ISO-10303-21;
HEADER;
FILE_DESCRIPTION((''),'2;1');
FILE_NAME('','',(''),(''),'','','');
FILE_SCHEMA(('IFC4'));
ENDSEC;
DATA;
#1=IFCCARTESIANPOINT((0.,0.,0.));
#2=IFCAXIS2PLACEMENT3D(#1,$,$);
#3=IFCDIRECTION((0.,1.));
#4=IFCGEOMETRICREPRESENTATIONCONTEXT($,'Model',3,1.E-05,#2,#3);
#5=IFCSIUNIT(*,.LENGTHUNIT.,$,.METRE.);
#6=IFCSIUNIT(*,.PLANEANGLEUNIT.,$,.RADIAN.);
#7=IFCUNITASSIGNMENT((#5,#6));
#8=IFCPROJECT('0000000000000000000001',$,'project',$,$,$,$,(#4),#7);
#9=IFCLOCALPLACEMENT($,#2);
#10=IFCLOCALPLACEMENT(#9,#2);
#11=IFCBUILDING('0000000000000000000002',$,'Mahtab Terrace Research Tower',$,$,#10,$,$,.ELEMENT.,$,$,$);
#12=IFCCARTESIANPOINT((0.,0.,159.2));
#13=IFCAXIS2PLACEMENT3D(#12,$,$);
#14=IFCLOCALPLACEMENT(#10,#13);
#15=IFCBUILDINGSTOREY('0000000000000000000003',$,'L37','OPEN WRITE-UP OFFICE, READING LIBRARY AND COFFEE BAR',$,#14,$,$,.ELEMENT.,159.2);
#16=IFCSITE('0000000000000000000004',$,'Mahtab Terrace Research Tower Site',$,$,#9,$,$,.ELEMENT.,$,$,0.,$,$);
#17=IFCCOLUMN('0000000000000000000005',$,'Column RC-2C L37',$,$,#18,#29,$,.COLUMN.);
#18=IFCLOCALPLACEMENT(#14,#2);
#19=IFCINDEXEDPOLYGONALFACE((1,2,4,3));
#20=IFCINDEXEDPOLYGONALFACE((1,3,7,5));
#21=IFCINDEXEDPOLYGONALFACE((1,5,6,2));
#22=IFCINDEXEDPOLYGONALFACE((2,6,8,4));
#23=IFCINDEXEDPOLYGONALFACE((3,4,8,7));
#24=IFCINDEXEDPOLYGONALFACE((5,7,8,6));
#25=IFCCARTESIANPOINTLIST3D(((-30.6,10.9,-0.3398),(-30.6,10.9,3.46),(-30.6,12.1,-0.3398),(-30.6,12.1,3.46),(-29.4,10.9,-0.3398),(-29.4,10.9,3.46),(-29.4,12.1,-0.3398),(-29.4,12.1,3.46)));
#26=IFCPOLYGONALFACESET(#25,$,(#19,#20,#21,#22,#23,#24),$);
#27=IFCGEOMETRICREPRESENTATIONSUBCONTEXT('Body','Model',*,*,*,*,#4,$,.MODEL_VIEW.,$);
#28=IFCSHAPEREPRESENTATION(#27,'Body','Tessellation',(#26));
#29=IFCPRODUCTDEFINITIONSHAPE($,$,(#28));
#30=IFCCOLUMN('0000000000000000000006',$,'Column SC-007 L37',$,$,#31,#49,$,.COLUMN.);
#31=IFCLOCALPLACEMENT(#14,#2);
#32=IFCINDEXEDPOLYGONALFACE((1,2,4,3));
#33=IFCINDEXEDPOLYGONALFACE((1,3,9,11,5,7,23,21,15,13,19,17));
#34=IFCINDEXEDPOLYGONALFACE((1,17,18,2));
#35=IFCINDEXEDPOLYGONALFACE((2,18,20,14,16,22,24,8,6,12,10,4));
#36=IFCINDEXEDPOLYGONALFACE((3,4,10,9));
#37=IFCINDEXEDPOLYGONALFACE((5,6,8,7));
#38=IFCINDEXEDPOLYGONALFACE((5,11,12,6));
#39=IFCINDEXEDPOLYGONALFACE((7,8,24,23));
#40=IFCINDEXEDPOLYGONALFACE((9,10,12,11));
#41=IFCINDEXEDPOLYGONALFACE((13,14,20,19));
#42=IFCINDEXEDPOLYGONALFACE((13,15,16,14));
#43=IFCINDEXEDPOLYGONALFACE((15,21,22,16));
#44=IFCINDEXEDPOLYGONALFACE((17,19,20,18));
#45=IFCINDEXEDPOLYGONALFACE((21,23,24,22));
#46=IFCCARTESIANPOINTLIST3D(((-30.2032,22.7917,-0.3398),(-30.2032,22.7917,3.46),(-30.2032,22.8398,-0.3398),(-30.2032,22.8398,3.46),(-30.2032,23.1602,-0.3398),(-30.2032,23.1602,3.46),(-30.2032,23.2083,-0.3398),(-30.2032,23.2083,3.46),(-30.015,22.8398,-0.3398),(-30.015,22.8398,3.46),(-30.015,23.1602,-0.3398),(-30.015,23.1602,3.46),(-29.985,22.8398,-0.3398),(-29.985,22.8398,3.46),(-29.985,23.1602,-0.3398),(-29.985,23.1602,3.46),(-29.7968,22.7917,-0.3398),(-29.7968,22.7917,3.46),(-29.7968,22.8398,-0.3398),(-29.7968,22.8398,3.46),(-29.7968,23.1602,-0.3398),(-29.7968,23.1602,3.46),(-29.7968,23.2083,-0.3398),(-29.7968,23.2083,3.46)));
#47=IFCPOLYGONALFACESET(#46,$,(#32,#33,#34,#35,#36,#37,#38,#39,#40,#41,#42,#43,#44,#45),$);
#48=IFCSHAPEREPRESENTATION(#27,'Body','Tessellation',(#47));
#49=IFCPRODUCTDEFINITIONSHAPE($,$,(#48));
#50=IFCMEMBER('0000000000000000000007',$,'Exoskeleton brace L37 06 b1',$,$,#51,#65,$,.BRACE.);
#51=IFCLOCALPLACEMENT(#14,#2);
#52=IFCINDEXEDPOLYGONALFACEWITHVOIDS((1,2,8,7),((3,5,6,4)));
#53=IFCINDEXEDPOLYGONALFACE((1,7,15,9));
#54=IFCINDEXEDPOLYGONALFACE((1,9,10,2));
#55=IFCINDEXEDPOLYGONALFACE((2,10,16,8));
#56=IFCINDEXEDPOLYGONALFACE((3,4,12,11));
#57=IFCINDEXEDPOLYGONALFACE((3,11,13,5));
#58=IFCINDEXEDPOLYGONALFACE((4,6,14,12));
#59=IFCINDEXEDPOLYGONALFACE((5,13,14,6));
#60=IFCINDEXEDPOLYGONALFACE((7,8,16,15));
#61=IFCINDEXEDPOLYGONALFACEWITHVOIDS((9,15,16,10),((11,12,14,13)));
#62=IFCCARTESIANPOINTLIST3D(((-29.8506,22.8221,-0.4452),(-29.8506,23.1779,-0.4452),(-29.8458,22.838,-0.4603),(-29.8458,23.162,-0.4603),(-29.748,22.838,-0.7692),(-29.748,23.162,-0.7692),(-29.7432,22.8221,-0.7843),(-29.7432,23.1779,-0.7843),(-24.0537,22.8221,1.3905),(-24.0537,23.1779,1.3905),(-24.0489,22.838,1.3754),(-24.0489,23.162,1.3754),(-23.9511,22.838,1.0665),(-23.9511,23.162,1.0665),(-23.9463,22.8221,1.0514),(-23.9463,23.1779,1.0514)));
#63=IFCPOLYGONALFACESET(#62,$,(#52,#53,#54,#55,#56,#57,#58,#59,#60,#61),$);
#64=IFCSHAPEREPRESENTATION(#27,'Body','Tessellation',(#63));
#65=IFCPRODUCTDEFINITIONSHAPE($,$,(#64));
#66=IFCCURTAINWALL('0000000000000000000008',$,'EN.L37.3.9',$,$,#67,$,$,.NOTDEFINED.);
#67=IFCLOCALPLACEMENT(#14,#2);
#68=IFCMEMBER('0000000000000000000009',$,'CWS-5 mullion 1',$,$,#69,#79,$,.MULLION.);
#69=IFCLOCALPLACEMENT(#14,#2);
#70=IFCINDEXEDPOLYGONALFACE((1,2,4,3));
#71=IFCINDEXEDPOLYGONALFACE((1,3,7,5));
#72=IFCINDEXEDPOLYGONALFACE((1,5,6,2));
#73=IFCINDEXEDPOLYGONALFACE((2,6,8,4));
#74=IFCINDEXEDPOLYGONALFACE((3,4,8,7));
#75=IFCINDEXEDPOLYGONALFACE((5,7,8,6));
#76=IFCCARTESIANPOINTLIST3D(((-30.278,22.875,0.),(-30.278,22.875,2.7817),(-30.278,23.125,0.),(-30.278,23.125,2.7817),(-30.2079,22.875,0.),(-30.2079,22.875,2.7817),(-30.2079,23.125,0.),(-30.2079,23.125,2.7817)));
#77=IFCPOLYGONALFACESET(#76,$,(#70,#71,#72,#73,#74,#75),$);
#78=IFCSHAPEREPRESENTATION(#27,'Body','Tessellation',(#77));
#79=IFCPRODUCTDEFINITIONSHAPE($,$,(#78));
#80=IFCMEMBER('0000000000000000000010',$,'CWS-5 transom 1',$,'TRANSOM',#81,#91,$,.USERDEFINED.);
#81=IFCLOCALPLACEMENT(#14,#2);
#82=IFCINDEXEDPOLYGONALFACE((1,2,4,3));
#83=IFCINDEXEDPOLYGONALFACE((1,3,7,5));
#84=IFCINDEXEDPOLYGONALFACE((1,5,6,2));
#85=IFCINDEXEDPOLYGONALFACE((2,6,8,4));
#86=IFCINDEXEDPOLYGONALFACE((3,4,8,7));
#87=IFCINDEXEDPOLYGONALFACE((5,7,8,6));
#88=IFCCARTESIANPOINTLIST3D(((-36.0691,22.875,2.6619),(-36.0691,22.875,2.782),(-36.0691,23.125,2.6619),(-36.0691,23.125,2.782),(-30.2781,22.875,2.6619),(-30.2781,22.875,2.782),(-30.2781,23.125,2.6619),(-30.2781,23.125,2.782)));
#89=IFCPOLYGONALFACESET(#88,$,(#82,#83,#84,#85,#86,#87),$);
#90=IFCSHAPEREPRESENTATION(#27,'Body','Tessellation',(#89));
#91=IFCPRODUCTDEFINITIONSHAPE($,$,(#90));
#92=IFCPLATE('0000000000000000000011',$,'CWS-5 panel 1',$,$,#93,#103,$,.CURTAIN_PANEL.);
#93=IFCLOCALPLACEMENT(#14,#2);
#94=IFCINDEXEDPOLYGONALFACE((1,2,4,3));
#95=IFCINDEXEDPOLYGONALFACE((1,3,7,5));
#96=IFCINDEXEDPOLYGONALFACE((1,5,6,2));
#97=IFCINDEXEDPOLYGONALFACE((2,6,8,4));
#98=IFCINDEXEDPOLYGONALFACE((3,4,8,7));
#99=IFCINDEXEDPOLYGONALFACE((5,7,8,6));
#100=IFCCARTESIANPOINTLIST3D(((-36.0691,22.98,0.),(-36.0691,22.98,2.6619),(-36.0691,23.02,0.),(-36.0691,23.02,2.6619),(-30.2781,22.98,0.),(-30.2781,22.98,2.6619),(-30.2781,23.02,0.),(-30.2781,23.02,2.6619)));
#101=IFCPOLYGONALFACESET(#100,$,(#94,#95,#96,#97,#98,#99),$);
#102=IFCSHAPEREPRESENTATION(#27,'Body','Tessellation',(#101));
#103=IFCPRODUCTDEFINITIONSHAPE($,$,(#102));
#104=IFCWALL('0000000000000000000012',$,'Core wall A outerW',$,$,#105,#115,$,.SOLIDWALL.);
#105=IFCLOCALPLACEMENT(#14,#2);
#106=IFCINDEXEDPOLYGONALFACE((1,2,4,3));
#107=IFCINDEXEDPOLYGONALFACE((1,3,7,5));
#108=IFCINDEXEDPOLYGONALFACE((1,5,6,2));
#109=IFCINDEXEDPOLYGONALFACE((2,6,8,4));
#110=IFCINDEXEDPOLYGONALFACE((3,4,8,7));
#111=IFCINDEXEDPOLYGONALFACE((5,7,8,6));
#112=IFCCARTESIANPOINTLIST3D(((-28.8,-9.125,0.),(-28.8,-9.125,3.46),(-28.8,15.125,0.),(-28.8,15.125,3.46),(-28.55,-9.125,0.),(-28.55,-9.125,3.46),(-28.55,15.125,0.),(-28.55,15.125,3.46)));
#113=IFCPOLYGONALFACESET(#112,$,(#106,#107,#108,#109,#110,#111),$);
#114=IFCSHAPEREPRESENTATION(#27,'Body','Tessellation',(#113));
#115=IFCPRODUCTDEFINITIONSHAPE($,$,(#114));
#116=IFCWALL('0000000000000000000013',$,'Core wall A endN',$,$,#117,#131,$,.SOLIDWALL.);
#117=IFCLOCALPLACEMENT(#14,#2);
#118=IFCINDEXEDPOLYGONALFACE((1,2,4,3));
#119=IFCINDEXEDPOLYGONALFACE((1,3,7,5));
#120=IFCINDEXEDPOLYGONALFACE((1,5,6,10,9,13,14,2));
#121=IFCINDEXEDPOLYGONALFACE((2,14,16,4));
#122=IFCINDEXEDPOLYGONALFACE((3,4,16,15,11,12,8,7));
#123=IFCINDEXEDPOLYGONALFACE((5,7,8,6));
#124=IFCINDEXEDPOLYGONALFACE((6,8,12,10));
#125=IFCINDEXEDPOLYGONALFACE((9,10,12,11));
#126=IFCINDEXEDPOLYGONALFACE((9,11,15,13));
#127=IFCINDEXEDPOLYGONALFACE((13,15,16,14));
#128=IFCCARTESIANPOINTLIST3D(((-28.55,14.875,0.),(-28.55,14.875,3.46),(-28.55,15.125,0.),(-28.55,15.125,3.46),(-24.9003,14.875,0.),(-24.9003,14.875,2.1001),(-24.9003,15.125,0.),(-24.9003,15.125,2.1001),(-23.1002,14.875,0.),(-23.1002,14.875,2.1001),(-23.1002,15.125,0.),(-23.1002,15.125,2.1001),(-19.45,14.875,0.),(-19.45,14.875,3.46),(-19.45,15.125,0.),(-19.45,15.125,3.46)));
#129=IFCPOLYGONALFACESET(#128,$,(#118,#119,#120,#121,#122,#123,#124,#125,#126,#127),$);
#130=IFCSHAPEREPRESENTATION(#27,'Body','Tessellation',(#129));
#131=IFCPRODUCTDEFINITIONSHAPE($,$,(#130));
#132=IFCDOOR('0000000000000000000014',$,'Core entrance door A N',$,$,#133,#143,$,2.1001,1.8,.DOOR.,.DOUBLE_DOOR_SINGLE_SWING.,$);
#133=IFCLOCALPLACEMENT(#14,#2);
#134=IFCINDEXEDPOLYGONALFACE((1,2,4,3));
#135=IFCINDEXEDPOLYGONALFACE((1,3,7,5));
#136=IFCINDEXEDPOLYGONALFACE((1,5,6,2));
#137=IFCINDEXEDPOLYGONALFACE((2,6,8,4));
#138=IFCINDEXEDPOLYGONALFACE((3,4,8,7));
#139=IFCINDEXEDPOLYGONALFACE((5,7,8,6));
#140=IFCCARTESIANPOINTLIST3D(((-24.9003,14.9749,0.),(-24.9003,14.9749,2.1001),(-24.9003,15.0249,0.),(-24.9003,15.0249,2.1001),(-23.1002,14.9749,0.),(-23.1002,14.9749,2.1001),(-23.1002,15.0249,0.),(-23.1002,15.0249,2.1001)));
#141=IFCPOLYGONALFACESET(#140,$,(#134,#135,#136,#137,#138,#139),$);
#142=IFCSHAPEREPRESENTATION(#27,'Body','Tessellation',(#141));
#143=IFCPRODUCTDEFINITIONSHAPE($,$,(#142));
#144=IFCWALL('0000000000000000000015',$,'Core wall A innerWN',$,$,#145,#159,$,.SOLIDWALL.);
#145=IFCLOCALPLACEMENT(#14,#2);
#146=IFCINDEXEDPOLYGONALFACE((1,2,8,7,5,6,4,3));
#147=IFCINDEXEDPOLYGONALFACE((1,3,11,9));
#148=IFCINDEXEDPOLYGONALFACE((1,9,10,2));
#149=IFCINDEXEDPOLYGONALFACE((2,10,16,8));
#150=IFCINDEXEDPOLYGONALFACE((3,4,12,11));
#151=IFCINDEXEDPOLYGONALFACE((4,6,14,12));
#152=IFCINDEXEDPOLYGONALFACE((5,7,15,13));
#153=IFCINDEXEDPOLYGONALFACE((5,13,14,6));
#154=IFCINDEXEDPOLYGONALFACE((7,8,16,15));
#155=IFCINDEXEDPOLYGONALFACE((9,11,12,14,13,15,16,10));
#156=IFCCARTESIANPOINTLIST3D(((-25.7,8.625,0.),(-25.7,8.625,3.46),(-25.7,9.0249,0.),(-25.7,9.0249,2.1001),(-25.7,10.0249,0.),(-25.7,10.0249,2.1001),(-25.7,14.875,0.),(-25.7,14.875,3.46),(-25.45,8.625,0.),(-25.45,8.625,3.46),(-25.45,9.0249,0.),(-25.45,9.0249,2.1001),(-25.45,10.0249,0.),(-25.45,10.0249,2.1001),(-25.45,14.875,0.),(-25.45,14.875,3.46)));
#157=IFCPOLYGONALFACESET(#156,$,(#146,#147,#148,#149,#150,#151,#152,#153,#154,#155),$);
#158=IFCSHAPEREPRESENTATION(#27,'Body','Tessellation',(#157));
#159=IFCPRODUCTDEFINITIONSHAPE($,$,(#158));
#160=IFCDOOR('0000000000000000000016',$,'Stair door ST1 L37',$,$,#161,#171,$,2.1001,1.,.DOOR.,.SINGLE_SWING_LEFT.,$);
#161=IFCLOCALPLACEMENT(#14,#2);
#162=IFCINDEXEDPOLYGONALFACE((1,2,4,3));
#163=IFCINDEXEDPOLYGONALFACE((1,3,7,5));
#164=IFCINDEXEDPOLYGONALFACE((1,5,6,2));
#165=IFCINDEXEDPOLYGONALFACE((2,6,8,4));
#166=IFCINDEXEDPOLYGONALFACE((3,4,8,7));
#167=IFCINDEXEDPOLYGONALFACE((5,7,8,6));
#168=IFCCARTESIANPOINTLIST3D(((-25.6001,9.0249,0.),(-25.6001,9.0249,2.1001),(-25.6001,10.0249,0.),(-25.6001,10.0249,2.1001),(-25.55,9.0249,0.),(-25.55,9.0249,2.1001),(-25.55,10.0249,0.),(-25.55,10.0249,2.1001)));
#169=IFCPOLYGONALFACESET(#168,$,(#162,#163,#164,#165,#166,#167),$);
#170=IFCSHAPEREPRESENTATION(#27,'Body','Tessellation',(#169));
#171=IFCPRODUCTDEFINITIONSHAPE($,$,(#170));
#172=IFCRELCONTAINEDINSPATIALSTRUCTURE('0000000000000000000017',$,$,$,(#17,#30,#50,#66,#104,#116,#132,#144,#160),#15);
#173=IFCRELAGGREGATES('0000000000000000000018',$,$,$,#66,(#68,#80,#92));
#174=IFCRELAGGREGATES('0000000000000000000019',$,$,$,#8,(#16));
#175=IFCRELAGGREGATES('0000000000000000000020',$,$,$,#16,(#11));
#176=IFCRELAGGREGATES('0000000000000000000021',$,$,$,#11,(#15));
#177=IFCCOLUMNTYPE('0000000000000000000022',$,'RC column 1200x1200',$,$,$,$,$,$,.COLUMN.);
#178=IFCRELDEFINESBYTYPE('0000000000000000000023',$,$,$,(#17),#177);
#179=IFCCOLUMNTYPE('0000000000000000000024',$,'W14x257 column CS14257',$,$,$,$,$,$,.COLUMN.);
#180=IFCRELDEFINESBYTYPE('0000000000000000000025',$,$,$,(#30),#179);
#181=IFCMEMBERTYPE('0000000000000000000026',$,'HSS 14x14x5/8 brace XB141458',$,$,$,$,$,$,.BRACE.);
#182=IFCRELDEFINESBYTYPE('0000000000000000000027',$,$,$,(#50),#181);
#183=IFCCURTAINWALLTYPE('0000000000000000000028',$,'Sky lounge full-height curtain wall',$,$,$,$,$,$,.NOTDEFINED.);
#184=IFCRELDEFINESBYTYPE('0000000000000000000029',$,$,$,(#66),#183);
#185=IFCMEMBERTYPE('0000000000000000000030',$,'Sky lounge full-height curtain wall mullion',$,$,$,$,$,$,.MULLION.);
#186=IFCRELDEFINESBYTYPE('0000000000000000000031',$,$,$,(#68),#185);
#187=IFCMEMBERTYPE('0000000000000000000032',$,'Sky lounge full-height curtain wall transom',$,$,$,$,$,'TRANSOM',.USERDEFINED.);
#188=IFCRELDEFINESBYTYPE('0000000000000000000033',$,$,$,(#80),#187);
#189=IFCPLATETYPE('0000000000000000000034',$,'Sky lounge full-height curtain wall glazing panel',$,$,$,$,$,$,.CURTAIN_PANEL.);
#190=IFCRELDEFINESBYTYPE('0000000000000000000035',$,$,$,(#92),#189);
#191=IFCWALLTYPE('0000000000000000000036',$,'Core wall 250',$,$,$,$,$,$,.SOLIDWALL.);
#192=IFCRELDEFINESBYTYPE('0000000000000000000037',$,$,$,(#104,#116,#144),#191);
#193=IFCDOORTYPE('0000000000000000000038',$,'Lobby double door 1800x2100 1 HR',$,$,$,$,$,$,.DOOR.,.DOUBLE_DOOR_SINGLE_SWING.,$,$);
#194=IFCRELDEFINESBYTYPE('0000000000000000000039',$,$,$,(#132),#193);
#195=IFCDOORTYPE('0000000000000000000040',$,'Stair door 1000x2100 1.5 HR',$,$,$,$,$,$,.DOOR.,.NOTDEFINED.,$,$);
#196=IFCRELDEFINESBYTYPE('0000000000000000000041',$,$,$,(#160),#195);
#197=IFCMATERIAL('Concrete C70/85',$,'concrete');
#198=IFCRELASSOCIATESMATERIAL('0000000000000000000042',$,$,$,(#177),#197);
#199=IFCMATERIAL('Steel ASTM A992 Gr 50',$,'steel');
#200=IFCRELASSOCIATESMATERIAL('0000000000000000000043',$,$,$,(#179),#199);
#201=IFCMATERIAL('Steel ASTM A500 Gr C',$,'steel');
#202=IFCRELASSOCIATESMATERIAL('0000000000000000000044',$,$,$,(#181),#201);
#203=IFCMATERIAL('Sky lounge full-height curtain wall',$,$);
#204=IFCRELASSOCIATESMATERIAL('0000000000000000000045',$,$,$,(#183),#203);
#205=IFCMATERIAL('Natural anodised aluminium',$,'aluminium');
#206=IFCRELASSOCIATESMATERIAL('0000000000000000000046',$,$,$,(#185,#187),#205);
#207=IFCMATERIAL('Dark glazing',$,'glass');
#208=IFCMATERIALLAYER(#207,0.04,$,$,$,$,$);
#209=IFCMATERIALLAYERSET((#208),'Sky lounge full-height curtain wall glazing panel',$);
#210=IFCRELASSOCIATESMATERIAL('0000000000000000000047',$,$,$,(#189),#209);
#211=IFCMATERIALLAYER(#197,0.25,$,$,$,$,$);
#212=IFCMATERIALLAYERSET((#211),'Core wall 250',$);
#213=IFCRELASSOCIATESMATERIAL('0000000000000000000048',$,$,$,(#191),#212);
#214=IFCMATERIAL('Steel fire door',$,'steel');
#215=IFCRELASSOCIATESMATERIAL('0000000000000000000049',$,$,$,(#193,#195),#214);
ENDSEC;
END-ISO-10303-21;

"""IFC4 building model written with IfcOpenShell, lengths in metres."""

from ifc_helpers import new_model, si_unit, direction, frame, frame_2d, origin, origin_2d, place, context, subcontext, project, spatial, rectangle, hollow_rectangle, i_section, extrude, material, layer, layer_set, material_profile, profile_set, type_object, element, fill, aggregate, save


model = new_model("IFC4")

# Units and contexts
model_context = context("Model", 3, precision=1e-05, world=origin(), true_north=direction((0.0, 1.0)))
body_context = subcontext(model_context, "Body", "Model", "MODEL_VIEW")
ifc_project = project(units=[si_unit("LENGTHUNIT", "METRE"), si_unit("PLANEANGLEUNIT", "RADIAN")], contexts=[model_context])

# Site, building, storey
site_placement = place(None, origin())
site = spatial("IfcSite", under=ifc_project, at=site_placement, Name="Mahtab Terrace Research Tower Site", CompositionType="ELEMENT", RefElevation=0.0)
building_placement = place(site_placement, origin())
building = spatial("IfcBuilding", under=site, at=building_placement, Name="Mahtab Terrace Research Tower", CompositionType="ELEMENT")
storey_placement = place(building_placement, frame((0.0, 0.0, 159.2)))
storey = spatial("IfcBuildingStorey", under=building, at=storey_placement, Name="L37", Description="OPEN WRITE-UP OFFICE, READING LIBRARY AND COFFEE BAR", CompositionType="ELEMENT", Elevation=159.2)

# Columns
ifc_material_1 = material(Name="Concrete C70/85", Category="concrete")
ifc_material_profile_1 = material_profile(ifc_material_1, rectangle(XDim=1.2, YDim=1.2, at=origin_2d()), Name="RC column 1200x1200")
ifc_profile_set_1 = profile_set([ifc_material_profile_1], Name="Concrete C70/85")
column_type_1 = type_object("IfcColumnType", Name="RC column 1200x1200", PredefinedType="COLUMN", material=ifc_profile_set_1)
column_1_placement = place(storey_placement, frame((-30.0, 11.5, -0.3398), z_axis=(0.0, 0.0, 1.0), x_axis=(1.0, 0.0, 0.0)))
element("IfcColumn", 1, at=column_1_placement, inside=storey, type_object=column_type_1, Name="Column RC-2C L37", PredefinedType="COLUMN", context=body_context, shape_type="SweptSolid", body=[
    extrude(rectangle(XDim=1.2, YDim=1.2, at=origin_2d()), origin(), (0.0, 0.0, 1.0), 3.7998),
])
ifc_material_2 = material(Name="Steel ASTM A992 Gr 50", Category="steel")
ifc_material_profile_2 = material_profile(ifc_material_2, i_section(OverallWidth=0.4065, OverallDepth=0.4165, WebThickness=0.03, FlangeThickness=0.0481, at=origin_2d()), Name="W14X257")
ifc_profile_set_2 = profile_set([ifc_material_profile_2], Name="Steel ASTM A992 Gr 50")
column_type_2 = type_object("IfcColumnType", Name="W14x257 column CS14257", PredefinedType="COLUMN", material=ifc_profile_set_2)
column_2_placement = place(storey_placement, frame((-30.0, 23.0, -0.3398), z_axis=(0.0, 0.0, 1.0), x_axis=(1.0, 0.0, 0.0)))
element("IfcColumn", 2, at=column_2_placement, inside=storey, type_object=column_type_2, Name="Column SC-007 L37", PredefinedType="COLUMN", context=body_context, shape_type="SweptSolid", body=[
    extrude(i_section(OverallWidth=0.4065, OverallDepth=0.4165, WebThickness=0.03, FlangeThickness=0.0481, at=origin_2d()), origin(), (0.0, 0.0, 1.0), 3.7998),
])

# Member
ifc_material_3 = material(Name="Steel ASTM A500 Gr C", Category="steel")
ifc_material_profile_3 = material_profile(ifc_material_3, hollow_rectangle(XDim=0.3557, YDim=0.3557, WallThickness=0.0159, at=origin_2d()), Name="HSS14X14X5/8")
ifc_profile_set_3 = profile_set([ifc_material_profile_3], Name="Steel ASTM A500 Gr C")
member_type_1 = type_object("IfcMemberType", Name="HSS 14x14x5/8 brace XB141458", PredefinedType="BRACE", material=ifc_profile_set_3)
member_1_placement = place(storey_placement, frame((-29.7969, 23.0, -0.6147), z_axis=(0.953341, 0.0, 0.301894), x_axis=(0.0, 1.0, 0.0)))
element("IfcMember", 3, at=member_1_placement, inside=storey, type_object=member_type_1, Name="Exoskeleton brace L37 06 b1", PredefinedType="BRACE", context=body_context, shape_type="SweptSolid", body=[
    extrude(hollow_rectangle(XDim=0.3557, YDim=0.3557, WallThickness=0.0159, at=origin_2d()), origin(), (0.0, 0.0, 1.0), 6.0806),
])

# Curtain wall, members, plate
ifc_material_4 = material(Name="Sky lounge full-height curtain wall")
curtain_wall_type = type_object("IfcCurtainWallType", Name="Sky lounge full-height curtain wall", PredefinedType="NOTDEFINED", material=ifc_material_4)
curtain_wall_placement = place(storey_placement, origin())
curtain_wall = element("IfcCurtainWall", 4, at=curtain_wall_placement, inside=storey, type_object=curtain_wall_type, Name="EN.L37.3.9", PredefinedType="NOTDEFINED")
ifc_material_5 = material(Name="Natural anodised aluminium", Category="aluminium")
ifc_material_profile_4 = material_profile(ifc_material_5, rectangle(XDim=0.25, YDim=0.0701, at=origin_2d()), Name="MULLION 70x250")
ifc_profile_set_4 = profile_set([ifc_material_profile_4], Name="Natural anodised aluminium")
member_type_2 = type_object("IfcMemberType", Name="Sky lounge full-height curtain wall mullion", PredefinedType="MULLION", material=ifc_profile_set_4)
member_2_placement = place(storey_placement, frame((-30.2429, 23.0, 0.0), z_axis=(0.0, 0.0, 1.0), x_axis=(0.0, -1.0, 0.0)))
member_2 = element("IfcMember", 5, at=member_2_placement, type_object=member_type_2, Name="CWS-5 mullion 1", PredefinedType="MULLION", context=body_context, shape_type="SweptSolid", body=[
    extrude(rectangle(XDim=0.25, YDim=0.0701, at=origin_2d()), origin(), (0.0, 0.0, 1.0), 2.7817),
])
ifc_material_profile_5 = material_profile(ifc_material_5, rectangle(XDim=0.25, YDim=0.1201, at=origin_2d()), Name="TRANSOM 120x250")
ifc_profile_set_5 = profile_set([ifc_material_profile_5], Name="Natural anodised aluminium")
member_type_3 = type_object("IfcMemberType", Name="Sky lounge full-height curtain wall transom", ElementType="TRANSOM", PredefinedType="USERDEFINED", material=ifc_profile_set_5)
member_3_placement = place(storey_placement, frame((-30.2781, 23.0, 2.7219), z_axis=(-1.0, 0.0, 0.0), x_axis=(0.0, -1.0, 0.0)))
member_3 = element("IfcMember", 6, at=member_3_placement, type_object=member_type_3, Name="CWS-5 transom 1", ObjectType="TRANSOM", PredefinedType="USERDEFINED", context=body_context, shape_type="SweptSolid", body=[
    extrude(rectangle(XDim=0.25, YDim=0.1201, at=origin_2d()), origin(), (0.0, 0.0, 1.0), 5.791),
])
ifc_material_6 = material(Name="Dark glazing", Category="glass")
ifc_layer_1 = layer(ifc_material_6, 0.04)
ifc_layer_set_1 = layer_set([ifc_layer_1], Name="Sky lounge full-height curtain wall glazing panel")
plate_type = type_object("IfcPlateType", Name="Sky lounge full-height curtain wall glazing panel", PredefinedType="CURTAIN_PANEL", material=ifc_layer_set_1)
plate_placement = place(storey_placement, frame((-33.1736, 23.0, 0.0), z_axis=(0.0, 0.0, 1.0), x_axis=(-1.0, 0.0, 0.0)))
plate = element("IfcPlate", 7, at=plate_placement, type_object=plate_type, Name="CWS-5 panel 1", PredefinedType="CURTAIN_PANEL", context=body_context, shape_type="SweptSolid", body=[
    extrude(rectangle(XDim=5.791, YDim=0.04, at=origin_2d()), origin(), (0.0, 0.0, 1.0), 2.6619),
])
aggregate(curtain_wall, [member_2, member_3, plate])

# Wall
ifc_layer_2 = layer(ifc_material_1, 0.25)
ifc_layer_set_2 = layer_set([ifc_layer_2], Name="Core wall 250")
wall_type_1 = type_object("IfcWallType", Name="Core wall 250", PredefinedType="SOLIDWALL", material=ifc_layer_set_2)
wall_1_placement = place(storey_placement, frame((-28.675, 15.125, 0.0), z_axis=(0.0, 0.0, 1.0), x_axis=(0.0, -1.0, 0.0)))
element("IfcWall", 8, at=wall_1_placement, inside=storey, type_object=wall_type_1, Name="Core wall A outerW", PredefinedType="SOLIDWALL", context=body_context, shape_type="SweptSolid", body=[
    extrude(rectangle(XDim=24.25, YDim=0.25, at=frame_2d((12.125, 0.0))), origin(), (0.0, 0.0, 1.0), 3.46),
])

# Walls, openings, doors
wall_2_placement = place(storey_placement, frame((-28.55, 15.0, 0.0), z_axis=(0.0, 0.0, 1.0), x_axis=(1.0, 0.0, 0.0)))
wall_2 = element("IfcWall", 9, at=wall_2_placement, inside=storey, type_object=wall_type_1, Name="Core wall A endN", PredefinedType="SOLIDWALL", context=body_context, shape_type="SweptSolid", body=[
    extrude(rectangle(XDim=9.1001, YDim=0.25, at=frame_2d((4.55, 0.0))), origin(), (0.0, 0.0, 1.0), 3.46),
])
opening_1_placement = place(wall_2_placement, frame((3.6499, 0.0, 0.0)))
opening_1 = element("IfcOpeningElement", 10, at=opening_1_placement, cuts=wall_2, PredefinedType="OPENING", context=body_context, shape_type="SweptSolid", body=[
    extrude(rectangle(XDim=1.8, YDim=2.1001, at=frame_2d((0.8999, 1.05))), frame((0.0, 0.135, 0.0), z_axis=(0.0, -1.0, 0.0), x_axis=(1.0, 0.0, 0.0)), (0.0, 0.0, 1.0), 0.27),
])
ifc_material_7 = material(Name="Steel fire door", Category="steel")
door_type_1 = type_object("IfcDoorType", Name="Lobby double door 1800x2100 1 HR", OperationType="DOUBLE_DOOR_SINGLE_SWING", PredefinedType="DOOR", material=ifc_material_7)
door_1_placement = place(opening_1_placement, origin())
door_1 = element("IfcDoor", 11, at=door_1_placement, inside=storey, type_object=door_type_1, Name="Core entrance door A N", OperationType="DOUBLE_DOOR_SINGLE_SWING", OverallHeight=2.1001, OverallWidth=1.8, PredefinedType="DOOR", context=body_context, shape_type="SweptSolid", body=[
    extrude(rectangle(XDim=1.8, YDim=2.1001, at=frame_2d((0.8999, 1.05))), frame((0.0, 0.0249, 0.0), z_axis=(0.0, -1.0, 0.0), x_axis=(1.0, 0.0, 0.0)), (0.0, 0.0, 1.0), 0.05),
])
fill(opening_1, door_1)
wall_3_placement = place(storey_placement, frame((-25.575, 14.875, 0.0), z_axis=(0.0, 0.0, 1.0), x_axis=(0.0, -1.0, 0.0)))
wall_3 = element("IfcWall", 12, at=wall_3_placement, inside=storey, type_object=wall_type_1, Name="Core wall A innerWN", PredefinedType="SOLIDWALL", context=body_context, shape_type="SweptSolid", body=[
    extrude(rectangle(XDim=6.25, YDim=0.25, at=frame_2d((3.125, 0.0))), origin(), (0.0, 0.0, 1.0), 3.46),
])
opening_2_placement = place(wall_3_placement, frame((4.8501, 0.0, 0.0)))
opening_2 = element("IfcOpeningElement", 13, at=opening_2_placement, cuts=wall_3, PredefinedType="OPENING", context=body_context, shape_type="SweptSolid", body=[
    extrude(rectangle(XDim=1.0, YDim=2.1001, at=frame_2d((0.5, 1.05))), frame((0.0, 0.135, 0.0), z_axis=(0.0, -1.0, 0.0), x_axis=(1.0, 0.0, 0.0)), (0.0, 0.0, 1.0), 0.27),
])
door_type_2 = type_object("IfcDoorType", Name="Stair door 1000x2100 1.5 HR", OperationType="NOTDEFINED", PredefinedType="DOOR", material=ifc_material_7)
door_2_placement = place(opening_2_placement, origin())
door_2 = element("IfcDoor", 14, at=door_2_placement, inside=storey, type_object=door_type_2, Name="Stair door ST1 L37", OperationType="SINGLE_SWING_LEFT", OverallHeight=2.1001, OverallWidth=1.0, PredefinedType="DOOR", context=body_context, shape_type="SweptSolid", body=[
    extrude(rectangle(XDim=1.0, YDim=2.1001, at=frame_2d((0.5, 1.05))), frame((0.0, 0.0249, 0.0), z_axis=(0.0, -1.0, 0.0), x_axis=(1.0, 0.0, 0.0)), (0.0, 0.0, 1.0), 0.05),
])
fill(opening_2, door_2)

save(model, "model.ifc")
